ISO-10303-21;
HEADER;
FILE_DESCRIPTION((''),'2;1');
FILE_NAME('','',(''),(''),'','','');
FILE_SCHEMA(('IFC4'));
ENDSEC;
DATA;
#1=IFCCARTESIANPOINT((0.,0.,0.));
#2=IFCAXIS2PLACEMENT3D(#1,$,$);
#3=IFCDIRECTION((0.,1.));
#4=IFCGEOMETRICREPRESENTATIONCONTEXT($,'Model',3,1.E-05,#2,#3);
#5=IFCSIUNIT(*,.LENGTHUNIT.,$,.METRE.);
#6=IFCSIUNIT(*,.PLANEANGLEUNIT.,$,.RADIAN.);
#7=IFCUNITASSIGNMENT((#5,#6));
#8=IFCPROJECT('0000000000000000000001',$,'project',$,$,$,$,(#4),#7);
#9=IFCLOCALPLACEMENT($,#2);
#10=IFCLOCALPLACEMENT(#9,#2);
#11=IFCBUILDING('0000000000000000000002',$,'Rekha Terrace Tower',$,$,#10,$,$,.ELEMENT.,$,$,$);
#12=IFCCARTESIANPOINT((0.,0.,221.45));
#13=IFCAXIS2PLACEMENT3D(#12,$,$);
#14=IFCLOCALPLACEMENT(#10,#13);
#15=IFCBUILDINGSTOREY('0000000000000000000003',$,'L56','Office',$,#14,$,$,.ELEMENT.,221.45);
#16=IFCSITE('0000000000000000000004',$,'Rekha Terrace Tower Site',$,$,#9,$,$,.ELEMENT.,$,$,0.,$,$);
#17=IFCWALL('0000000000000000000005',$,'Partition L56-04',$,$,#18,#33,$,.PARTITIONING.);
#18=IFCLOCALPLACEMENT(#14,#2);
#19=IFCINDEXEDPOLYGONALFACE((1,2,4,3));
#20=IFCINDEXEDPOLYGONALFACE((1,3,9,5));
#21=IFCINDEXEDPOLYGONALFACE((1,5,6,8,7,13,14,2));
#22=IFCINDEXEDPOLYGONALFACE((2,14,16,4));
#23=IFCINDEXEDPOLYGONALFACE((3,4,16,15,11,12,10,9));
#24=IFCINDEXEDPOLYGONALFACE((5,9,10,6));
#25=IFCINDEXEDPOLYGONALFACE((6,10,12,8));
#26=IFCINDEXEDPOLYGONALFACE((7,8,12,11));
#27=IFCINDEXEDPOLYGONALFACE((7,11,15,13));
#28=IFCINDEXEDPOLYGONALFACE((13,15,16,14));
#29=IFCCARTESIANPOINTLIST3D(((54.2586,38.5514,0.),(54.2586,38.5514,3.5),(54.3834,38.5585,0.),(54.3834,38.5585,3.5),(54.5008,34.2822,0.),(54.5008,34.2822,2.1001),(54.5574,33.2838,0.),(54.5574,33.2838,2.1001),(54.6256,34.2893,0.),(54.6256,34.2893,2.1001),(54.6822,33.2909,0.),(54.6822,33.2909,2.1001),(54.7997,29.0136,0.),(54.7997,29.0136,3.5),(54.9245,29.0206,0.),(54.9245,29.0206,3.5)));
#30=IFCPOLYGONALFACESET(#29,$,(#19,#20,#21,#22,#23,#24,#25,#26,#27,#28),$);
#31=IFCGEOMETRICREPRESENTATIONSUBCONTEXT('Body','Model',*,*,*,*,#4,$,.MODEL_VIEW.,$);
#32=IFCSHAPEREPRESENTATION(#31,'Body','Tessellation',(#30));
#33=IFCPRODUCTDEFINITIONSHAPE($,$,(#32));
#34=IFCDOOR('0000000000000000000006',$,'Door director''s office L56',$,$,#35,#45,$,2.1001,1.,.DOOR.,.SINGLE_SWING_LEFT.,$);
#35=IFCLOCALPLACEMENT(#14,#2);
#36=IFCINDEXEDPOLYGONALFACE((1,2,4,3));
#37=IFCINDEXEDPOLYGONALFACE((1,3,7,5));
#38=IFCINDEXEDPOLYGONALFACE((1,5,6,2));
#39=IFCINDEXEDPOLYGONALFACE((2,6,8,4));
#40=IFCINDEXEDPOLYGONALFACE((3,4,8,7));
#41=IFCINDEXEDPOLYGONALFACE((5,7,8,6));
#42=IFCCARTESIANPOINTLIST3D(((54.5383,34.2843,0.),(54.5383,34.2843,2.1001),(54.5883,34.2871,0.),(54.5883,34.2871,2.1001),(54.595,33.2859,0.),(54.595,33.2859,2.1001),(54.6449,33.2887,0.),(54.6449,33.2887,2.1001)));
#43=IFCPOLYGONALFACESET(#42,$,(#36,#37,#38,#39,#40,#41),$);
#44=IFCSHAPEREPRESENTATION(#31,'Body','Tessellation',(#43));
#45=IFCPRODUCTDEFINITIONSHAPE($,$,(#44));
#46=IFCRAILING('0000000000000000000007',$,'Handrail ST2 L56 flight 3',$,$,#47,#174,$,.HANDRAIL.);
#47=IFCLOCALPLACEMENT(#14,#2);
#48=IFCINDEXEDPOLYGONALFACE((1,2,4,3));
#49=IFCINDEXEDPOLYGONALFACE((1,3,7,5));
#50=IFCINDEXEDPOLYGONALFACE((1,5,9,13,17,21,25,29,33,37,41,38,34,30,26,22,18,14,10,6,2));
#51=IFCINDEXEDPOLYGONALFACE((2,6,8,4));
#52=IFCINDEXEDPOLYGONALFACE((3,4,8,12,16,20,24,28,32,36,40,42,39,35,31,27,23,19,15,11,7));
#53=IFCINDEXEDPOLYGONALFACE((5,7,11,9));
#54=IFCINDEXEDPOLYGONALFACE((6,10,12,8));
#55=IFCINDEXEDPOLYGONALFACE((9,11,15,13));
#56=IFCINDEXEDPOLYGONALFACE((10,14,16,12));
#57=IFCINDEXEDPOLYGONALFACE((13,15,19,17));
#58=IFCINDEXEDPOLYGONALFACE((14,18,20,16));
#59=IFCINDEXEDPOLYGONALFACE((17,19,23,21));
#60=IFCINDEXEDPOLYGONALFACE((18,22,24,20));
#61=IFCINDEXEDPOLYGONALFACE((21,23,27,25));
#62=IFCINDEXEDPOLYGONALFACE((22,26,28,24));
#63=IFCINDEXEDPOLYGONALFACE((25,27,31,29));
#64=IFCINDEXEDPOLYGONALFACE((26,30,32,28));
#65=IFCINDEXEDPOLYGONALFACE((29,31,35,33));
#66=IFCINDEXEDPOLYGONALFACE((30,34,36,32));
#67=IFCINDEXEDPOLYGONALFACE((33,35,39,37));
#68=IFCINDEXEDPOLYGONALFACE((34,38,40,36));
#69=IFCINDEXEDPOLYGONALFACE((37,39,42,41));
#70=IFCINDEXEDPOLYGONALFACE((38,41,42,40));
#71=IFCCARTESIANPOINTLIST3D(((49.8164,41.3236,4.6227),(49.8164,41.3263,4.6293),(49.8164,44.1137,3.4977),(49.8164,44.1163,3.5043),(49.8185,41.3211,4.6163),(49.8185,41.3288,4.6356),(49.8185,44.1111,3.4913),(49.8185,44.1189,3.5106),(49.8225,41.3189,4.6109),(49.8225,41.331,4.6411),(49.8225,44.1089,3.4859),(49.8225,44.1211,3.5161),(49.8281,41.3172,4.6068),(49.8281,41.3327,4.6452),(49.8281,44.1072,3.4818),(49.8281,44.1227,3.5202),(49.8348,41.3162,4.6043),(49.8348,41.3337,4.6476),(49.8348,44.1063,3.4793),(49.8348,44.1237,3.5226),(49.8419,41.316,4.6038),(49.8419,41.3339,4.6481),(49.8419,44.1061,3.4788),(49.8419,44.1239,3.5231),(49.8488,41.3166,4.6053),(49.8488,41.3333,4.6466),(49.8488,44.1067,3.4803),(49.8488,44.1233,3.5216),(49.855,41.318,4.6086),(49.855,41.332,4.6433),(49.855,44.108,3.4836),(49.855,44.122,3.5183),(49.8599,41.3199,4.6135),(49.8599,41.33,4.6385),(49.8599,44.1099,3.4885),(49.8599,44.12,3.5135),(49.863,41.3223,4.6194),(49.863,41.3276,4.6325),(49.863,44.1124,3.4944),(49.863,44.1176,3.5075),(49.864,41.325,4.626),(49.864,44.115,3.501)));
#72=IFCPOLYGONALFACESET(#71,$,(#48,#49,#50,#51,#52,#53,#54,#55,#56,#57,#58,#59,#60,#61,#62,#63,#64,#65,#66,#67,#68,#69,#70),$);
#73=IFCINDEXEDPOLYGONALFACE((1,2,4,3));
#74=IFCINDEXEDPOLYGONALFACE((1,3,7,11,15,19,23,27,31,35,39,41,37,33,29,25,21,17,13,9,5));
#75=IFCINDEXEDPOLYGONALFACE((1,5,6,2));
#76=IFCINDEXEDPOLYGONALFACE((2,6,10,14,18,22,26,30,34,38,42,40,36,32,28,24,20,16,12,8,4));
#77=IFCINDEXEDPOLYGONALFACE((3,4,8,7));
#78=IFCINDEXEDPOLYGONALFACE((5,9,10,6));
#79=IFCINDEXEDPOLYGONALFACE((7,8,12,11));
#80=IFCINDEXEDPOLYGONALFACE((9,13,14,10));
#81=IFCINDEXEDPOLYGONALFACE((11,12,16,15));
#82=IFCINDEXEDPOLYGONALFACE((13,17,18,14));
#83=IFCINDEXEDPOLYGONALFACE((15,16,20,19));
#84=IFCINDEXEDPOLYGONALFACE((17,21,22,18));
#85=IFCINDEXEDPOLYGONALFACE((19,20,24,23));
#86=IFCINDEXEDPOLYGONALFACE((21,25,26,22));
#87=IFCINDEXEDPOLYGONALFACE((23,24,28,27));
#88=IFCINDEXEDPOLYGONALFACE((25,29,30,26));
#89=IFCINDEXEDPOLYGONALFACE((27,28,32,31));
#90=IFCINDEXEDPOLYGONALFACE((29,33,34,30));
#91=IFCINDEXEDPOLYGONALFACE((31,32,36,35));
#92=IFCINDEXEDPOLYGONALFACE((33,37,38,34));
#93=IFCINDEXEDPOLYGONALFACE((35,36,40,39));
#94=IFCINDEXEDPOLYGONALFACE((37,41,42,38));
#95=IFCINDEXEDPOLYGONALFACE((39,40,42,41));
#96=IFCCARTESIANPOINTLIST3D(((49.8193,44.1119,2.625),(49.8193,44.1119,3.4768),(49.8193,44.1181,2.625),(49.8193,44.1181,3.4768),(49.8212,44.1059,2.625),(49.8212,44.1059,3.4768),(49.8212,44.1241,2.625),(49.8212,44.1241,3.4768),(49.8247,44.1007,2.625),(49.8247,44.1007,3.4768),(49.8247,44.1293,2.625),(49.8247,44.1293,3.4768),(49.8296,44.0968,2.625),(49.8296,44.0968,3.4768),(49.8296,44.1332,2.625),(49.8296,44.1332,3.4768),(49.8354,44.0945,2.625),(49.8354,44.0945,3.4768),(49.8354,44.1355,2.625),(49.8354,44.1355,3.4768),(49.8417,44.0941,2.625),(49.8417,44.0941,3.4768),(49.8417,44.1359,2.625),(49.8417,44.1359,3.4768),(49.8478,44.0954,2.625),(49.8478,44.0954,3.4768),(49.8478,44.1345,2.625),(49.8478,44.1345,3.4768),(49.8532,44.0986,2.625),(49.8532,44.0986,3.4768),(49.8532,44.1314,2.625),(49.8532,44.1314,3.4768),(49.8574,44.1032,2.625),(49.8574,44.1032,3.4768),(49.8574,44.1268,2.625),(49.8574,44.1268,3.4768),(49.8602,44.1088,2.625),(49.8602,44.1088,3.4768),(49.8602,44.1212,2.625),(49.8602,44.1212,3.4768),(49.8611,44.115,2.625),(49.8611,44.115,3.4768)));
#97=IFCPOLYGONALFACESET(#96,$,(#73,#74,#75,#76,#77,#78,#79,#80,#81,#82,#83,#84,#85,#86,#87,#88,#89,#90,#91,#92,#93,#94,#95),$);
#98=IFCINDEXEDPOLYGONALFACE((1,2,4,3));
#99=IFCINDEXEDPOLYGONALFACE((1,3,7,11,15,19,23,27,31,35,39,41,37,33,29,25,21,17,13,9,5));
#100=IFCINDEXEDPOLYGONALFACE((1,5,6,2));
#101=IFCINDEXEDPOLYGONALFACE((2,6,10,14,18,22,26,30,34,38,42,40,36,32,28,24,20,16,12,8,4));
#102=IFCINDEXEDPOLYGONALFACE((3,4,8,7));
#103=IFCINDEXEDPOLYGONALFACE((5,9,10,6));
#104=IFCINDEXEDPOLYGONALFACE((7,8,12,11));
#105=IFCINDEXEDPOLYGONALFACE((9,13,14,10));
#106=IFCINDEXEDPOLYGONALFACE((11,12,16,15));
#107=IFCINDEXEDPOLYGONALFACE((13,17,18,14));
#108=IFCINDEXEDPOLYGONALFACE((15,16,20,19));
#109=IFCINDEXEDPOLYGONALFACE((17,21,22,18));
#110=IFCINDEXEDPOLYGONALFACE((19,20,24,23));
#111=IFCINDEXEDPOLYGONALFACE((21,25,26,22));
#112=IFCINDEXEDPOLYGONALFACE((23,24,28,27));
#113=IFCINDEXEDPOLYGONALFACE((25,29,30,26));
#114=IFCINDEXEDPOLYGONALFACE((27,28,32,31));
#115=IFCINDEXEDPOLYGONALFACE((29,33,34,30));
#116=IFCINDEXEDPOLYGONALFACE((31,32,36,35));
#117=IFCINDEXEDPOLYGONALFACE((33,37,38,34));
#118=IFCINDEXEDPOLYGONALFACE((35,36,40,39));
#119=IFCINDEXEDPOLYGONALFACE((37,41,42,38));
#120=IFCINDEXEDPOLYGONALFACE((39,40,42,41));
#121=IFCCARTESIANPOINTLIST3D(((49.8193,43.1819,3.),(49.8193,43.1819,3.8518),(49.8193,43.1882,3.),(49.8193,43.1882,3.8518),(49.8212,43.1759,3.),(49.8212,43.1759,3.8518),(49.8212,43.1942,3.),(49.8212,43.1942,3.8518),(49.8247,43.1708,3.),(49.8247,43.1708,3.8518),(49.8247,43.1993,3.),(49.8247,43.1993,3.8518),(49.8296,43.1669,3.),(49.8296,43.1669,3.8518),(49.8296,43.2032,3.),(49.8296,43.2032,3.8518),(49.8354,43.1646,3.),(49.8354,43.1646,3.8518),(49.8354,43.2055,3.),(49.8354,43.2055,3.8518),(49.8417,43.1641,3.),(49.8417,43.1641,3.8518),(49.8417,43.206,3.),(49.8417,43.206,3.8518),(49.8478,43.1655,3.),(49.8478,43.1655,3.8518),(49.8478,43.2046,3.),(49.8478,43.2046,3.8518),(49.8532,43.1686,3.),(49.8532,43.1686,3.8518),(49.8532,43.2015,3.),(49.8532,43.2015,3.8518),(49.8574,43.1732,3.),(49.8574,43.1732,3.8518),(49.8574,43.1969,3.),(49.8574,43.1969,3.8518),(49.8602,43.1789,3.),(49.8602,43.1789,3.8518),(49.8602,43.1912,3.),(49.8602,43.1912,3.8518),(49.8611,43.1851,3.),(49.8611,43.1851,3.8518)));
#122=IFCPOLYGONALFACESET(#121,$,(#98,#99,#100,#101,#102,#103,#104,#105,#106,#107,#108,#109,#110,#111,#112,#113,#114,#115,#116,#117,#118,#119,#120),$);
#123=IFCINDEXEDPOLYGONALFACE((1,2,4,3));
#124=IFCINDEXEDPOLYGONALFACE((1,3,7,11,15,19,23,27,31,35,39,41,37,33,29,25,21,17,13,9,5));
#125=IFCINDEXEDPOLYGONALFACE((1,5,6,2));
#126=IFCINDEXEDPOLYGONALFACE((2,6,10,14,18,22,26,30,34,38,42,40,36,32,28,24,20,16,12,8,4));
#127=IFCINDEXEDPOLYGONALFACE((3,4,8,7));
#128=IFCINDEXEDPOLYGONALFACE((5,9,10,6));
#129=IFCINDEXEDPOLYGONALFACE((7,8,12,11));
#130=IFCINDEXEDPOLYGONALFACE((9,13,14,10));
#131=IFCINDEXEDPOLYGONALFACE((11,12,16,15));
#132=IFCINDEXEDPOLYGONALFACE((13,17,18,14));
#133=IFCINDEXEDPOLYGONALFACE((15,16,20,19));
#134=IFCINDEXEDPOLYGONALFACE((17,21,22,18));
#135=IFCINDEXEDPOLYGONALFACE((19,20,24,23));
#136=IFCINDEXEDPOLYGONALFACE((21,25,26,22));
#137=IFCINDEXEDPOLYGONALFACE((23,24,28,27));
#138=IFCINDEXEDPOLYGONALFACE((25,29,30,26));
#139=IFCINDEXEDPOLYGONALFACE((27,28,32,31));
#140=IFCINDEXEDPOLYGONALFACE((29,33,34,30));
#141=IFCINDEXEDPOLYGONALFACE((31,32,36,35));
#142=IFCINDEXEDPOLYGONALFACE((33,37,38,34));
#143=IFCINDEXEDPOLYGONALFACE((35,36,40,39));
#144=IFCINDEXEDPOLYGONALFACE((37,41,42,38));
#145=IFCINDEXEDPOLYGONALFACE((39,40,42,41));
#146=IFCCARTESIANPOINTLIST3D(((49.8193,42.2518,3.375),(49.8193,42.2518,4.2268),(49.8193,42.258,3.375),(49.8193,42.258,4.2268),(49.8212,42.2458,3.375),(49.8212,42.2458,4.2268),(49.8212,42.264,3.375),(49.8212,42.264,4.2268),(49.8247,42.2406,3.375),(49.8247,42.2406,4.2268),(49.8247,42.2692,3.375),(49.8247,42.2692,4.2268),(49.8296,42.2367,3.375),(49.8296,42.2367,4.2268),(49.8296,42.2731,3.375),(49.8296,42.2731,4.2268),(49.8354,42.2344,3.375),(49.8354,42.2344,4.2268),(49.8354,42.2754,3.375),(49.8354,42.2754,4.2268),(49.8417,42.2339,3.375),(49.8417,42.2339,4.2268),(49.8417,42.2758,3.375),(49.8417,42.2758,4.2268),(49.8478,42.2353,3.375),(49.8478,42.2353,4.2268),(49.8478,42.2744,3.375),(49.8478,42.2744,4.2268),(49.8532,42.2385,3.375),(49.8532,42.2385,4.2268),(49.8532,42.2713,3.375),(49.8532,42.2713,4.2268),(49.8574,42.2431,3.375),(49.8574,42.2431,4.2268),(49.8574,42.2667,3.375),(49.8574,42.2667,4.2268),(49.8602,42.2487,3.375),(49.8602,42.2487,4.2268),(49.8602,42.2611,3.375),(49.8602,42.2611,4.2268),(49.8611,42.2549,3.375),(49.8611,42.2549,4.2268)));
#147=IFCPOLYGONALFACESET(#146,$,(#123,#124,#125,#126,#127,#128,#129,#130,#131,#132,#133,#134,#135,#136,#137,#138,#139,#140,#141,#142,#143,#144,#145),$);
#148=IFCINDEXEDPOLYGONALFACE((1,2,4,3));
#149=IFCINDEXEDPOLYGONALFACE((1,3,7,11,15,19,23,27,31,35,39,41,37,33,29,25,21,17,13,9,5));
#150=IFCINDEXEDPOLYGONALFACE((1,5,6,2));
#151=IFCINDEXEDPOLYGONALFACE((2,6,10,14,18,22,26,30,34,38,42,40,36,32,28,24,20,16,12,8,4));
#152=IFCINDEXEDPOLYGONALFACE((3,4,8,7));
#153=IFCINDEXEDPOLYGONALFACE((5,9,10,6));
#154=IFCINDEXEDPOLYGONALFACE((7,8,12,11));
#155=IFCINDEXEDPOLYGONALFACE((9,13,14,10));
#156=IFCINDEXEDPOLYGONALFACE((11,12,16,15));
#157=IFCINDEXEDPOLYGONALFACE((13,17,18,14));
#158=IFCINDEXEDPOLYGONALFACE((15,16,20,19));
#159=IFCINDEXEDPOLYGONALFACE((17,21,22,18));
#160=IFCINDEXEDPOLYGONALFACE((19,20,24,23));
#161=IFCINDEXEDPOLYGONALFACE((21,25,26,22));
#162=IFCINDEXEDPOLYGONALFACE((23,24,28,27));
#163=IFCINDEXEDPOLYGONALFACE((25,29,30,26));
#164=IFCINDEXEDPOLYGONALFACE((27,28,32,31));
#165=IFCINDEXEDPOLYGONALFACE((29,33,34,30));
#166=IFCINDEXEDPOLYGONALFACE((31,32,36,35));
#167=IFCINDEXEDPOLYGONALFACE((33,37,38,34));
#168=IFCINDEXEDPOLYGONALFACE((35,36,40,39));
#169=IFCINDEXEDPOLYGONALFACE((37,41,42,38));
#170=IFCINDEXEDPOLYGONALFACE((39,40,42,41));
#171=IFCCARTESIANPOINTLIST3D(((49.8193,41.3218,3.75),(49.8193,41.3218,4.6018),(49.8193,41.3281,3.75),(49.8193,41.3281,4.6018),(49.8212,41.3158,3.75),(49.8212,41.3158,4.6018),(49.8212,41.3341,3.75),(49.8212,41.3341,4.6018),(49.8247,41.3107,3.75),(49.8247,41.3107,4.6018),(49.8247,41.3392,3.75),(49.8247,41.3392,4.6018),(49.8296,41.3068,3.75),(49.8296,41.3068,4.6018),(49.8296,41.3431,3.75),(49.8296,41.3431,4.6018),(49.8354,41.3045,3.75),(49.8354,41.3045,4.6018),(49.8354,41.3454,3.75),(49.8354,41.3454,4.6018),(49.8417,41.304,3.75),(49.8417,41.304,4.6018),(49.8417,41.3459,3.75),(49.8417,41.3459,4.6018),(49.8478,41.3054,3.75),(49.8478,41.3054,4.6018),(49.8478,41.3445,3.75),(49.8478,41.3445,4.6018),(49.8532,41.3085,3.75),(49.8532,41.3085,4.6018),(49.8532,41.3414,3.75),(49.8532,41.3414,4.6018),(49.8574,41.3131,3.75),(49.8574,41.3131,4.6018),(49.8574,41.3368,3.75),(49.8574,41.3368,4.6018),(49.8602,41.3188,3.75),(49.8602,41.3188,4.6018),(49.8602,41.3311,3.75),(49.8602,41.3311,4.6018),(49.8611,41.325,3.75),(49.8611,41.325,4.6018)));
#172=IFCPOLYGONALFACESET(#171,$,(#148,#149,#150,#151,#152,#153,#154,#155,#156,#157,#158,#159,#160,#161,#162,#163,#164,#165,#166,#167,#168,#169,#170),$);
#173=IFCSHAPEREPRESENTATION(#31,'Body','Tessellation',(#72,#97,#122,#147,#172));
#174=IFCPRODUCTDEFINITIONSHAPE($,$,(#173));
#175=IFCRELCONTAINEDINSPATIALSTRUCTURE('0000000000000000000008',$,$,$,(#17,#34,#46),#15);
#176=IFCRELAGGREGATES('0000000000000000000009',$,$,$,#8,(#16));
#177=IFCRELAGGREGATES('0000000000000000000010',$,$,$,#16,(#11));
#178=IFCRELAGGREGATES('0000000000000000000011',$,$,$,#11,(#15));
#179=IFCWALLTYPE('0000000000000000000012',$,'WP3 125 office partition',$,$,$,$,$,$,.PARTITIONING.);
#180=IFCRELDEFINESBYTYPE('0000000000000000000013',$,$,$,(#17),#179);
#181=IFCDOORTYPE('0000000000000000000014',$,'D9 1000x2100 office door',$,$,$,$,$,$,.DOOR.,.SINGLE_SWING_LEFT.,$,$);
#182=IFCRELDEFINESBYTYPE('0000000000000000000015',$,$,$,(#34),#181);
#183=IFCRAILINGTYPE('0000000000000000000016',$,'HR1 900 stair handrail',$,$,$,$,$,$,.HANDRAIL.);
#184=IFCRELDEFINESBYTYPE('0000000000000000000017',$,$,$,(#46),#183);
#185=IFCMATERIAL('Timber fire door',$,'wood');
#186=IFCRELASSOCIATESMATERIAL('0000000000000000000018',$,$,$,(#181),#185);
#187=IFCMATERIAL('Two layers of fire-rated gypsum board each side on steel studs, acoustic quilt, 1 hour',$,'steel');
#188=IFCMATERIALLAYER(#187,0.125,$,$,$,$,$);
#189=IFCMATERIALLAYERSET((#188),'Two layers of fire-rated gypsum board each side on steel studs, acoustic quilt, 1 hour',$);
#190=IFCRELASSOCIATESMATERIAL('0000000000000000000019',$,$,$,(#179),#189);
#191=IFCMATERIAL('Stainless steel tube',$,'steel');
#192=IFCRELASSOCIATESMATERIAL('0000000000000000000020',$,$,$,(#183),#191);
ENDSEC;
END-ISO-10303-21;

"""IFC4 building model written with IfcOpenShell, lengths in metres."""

from ifc_helpers import new_model, si_unit, direction, frame, frame_2d, origin, origin_2d, place, context, subcontext, project, spatial, rectangle, circle, extrude, material, layer, layer_set, type_object, element, fill, save


model = new_model("IFC4")

# Units and contexts
model_context = context("Model", 3, precision=1e-05, world=origin(), true_north=direction((0.0, 1.0)))
body_context = subcontext(model_context, "Body", "Model", "MODEL_VIEW")
ifc_project = project(units=[si_unit("LENGTHUNIT", "METRE"), si_unit("PLANEANGLEUNIT", "RADIAN")], contexts=[model_context])

# Site, building, storey
site_placement = place(None, origin())
site = spatial("IfcSite", under=ifc_project, at=site_placement, Name="Rekha Terrace Tower Site", CompositionType="ELEMENT", RefElevation=0.0)
building_placement = place(site_placement, origin())
building = spatial("IfcBuilding", under=site, at=building_placement, Name="Rekha Terrace Tower", CompositionType="ELEMENT")
storey_placement = place(building_placement, frame((0.0, 0.0, 221.45)))
storey = spatial("IfcBuildingStorey", under=building, at=storey_placement, Name="L56", Description="Office", CompositionType="ELEMENT", Elevation=221.45)

# Shared definitions
ifc_material_1 = material(Name="Timber fire door", Category="wood")
door_type = type_object("IfcDoorType", Name="D9 1000x2100 office door", OperationType="SINGLE_SWING_LEFT", PredefinedType="DOOR", material=ifc_material_1)

# Shared definitions
ifc_material_2 = material(Name="Two layers of fire-rated gypsum board each side on steel studs, acoustic quilt, 1 hour", Category="steel")
ifc_layer_1 = layer(ifc_material_2, 0.125)
ifc_layer_set_1 = layer_set([ifc_layer_1], Name="Two layers of fire-rated gypsum board each side on steel studs, acoustic quilt, 1 hour")
wall_type_1 = type_object("IfcWallType", Name="WP3 125 office partition", PredefinedType="PARTITIONING", material=ifc_layer_set_1)

# Wall, opening, door
wall_1_placement = place(storey_placement, frame((54.8621, 29.0171, 0.0), z_axis=(0.0, 0.0, 1.0), x_axis=(-0.056632, 0.998395, 0.0)))
wall_1 = element("IfcWall", 1, at=wall_1_placement, inside=storey, type_object=wall_type_1, Name="Partition L56-04", PredefinedType="PARTITIONING", context=body_context, shape_type="SweptSolid", body=[
    extrude(rectangle(XDim=9.5532, YDim=0.125, at=frame_2d((4.7766, 0.0))), origin(), (0.0, 0.0, 1.0), 3.5),
])
opening_1_placement = place(wall_1_placement, frame((4.2771, 0.0, 0.0)))
opening_1 = element("IfcOpeningElement", 2, at=opening_1_placement, cuts=wall_1, PredefinedType="OPENING", context=body_context, shape_type="SweptSolid", body=[
    extrude(rectangle(XDim=1.0, YDim=2.1001, at=frame_2d((0.5, 1.05))), frame((0.0, 0.0725, 0.0), z_axis=(0.0, -1.0, 0.0), x_axis=(1.0, 0.0, 0.0)), (0.0, 0.0, 1.0), 0.145),
])
door_1_placement = place(opening_1_placement, origin())
door_1 = element("IfcDoor", 3, at=door_1_placement, inside=storey, type_object=door_type, Name="Door director's office L56", OperationType="SINGLE_SWING_LEFT", OverallHeight=2.1001, OverallWidth=1.0, PredefinedType="DOOR", context=body_context, shape_type="SweptSolid", body=[
    extrude(rectangle(XDim=1.0, YDim=2.1001, at=frame_2d((0.5, 1.05))), frame((0.0, 0.0249, 0.0), z_axis=(0.0, -1.0, 0.0), x_axis=(1.0, 0.0, 0.0)), (0.0, 0.0, 1.0), 0.05),
])
fill(opening_1, door_1)

# Railing
ifc_material_3 = material(Name="Stainless steel tube", Category="steel")
railing_type = type_object("IfcRailingType", Name="HR1 900 stair handrail", PredefinedType="HANDRAIL", material=ifc_material_3)
railing_placement = place(storey_placement, frame((49.8401, 44.115, 2.625)))
element("IfcRailing", 4, at=railing_placement, inside=storey, type_object=railing_type, Name="Handrail ST2 L56 flight 3", PredefinedType="HANDRAIL", context=body_context, shape_type="SweptSolid", body=[
    extrude(circle(Radius=0.0239, at=origin_2d()), frame((0.0, 0.0, 0.876), z_axis=(0.0, -0.927443, 0.373964), x_axis=(1.0, 0.0, 0.0)), (0.0, 0.0, 1.0), 3.0083),
    extrude(circle(Radius=0.021, at=origin_2d()), origin(), (0.0, 0.0, 1.0), 0.8518),
    extrude(circle(Radius=0.021, at=origin_2d()), frame((0.0, -0.9299, 0.375)), (0.0, 0.0, 1.0), 0.8518),
    extrude(circle(Radius=0.021, at=origin_2d()), frame((0.0, -1.8601, 0.75)), (0.0, 0.0, 1.0), 0.8518),
    extrude(circle(Radius=0.021, at=origin_2d()), frame((0.0, -2.79, 1.125)), (0.0, 0.0, 1.0), 0.8518),
])

save(model, "model.ifc")
